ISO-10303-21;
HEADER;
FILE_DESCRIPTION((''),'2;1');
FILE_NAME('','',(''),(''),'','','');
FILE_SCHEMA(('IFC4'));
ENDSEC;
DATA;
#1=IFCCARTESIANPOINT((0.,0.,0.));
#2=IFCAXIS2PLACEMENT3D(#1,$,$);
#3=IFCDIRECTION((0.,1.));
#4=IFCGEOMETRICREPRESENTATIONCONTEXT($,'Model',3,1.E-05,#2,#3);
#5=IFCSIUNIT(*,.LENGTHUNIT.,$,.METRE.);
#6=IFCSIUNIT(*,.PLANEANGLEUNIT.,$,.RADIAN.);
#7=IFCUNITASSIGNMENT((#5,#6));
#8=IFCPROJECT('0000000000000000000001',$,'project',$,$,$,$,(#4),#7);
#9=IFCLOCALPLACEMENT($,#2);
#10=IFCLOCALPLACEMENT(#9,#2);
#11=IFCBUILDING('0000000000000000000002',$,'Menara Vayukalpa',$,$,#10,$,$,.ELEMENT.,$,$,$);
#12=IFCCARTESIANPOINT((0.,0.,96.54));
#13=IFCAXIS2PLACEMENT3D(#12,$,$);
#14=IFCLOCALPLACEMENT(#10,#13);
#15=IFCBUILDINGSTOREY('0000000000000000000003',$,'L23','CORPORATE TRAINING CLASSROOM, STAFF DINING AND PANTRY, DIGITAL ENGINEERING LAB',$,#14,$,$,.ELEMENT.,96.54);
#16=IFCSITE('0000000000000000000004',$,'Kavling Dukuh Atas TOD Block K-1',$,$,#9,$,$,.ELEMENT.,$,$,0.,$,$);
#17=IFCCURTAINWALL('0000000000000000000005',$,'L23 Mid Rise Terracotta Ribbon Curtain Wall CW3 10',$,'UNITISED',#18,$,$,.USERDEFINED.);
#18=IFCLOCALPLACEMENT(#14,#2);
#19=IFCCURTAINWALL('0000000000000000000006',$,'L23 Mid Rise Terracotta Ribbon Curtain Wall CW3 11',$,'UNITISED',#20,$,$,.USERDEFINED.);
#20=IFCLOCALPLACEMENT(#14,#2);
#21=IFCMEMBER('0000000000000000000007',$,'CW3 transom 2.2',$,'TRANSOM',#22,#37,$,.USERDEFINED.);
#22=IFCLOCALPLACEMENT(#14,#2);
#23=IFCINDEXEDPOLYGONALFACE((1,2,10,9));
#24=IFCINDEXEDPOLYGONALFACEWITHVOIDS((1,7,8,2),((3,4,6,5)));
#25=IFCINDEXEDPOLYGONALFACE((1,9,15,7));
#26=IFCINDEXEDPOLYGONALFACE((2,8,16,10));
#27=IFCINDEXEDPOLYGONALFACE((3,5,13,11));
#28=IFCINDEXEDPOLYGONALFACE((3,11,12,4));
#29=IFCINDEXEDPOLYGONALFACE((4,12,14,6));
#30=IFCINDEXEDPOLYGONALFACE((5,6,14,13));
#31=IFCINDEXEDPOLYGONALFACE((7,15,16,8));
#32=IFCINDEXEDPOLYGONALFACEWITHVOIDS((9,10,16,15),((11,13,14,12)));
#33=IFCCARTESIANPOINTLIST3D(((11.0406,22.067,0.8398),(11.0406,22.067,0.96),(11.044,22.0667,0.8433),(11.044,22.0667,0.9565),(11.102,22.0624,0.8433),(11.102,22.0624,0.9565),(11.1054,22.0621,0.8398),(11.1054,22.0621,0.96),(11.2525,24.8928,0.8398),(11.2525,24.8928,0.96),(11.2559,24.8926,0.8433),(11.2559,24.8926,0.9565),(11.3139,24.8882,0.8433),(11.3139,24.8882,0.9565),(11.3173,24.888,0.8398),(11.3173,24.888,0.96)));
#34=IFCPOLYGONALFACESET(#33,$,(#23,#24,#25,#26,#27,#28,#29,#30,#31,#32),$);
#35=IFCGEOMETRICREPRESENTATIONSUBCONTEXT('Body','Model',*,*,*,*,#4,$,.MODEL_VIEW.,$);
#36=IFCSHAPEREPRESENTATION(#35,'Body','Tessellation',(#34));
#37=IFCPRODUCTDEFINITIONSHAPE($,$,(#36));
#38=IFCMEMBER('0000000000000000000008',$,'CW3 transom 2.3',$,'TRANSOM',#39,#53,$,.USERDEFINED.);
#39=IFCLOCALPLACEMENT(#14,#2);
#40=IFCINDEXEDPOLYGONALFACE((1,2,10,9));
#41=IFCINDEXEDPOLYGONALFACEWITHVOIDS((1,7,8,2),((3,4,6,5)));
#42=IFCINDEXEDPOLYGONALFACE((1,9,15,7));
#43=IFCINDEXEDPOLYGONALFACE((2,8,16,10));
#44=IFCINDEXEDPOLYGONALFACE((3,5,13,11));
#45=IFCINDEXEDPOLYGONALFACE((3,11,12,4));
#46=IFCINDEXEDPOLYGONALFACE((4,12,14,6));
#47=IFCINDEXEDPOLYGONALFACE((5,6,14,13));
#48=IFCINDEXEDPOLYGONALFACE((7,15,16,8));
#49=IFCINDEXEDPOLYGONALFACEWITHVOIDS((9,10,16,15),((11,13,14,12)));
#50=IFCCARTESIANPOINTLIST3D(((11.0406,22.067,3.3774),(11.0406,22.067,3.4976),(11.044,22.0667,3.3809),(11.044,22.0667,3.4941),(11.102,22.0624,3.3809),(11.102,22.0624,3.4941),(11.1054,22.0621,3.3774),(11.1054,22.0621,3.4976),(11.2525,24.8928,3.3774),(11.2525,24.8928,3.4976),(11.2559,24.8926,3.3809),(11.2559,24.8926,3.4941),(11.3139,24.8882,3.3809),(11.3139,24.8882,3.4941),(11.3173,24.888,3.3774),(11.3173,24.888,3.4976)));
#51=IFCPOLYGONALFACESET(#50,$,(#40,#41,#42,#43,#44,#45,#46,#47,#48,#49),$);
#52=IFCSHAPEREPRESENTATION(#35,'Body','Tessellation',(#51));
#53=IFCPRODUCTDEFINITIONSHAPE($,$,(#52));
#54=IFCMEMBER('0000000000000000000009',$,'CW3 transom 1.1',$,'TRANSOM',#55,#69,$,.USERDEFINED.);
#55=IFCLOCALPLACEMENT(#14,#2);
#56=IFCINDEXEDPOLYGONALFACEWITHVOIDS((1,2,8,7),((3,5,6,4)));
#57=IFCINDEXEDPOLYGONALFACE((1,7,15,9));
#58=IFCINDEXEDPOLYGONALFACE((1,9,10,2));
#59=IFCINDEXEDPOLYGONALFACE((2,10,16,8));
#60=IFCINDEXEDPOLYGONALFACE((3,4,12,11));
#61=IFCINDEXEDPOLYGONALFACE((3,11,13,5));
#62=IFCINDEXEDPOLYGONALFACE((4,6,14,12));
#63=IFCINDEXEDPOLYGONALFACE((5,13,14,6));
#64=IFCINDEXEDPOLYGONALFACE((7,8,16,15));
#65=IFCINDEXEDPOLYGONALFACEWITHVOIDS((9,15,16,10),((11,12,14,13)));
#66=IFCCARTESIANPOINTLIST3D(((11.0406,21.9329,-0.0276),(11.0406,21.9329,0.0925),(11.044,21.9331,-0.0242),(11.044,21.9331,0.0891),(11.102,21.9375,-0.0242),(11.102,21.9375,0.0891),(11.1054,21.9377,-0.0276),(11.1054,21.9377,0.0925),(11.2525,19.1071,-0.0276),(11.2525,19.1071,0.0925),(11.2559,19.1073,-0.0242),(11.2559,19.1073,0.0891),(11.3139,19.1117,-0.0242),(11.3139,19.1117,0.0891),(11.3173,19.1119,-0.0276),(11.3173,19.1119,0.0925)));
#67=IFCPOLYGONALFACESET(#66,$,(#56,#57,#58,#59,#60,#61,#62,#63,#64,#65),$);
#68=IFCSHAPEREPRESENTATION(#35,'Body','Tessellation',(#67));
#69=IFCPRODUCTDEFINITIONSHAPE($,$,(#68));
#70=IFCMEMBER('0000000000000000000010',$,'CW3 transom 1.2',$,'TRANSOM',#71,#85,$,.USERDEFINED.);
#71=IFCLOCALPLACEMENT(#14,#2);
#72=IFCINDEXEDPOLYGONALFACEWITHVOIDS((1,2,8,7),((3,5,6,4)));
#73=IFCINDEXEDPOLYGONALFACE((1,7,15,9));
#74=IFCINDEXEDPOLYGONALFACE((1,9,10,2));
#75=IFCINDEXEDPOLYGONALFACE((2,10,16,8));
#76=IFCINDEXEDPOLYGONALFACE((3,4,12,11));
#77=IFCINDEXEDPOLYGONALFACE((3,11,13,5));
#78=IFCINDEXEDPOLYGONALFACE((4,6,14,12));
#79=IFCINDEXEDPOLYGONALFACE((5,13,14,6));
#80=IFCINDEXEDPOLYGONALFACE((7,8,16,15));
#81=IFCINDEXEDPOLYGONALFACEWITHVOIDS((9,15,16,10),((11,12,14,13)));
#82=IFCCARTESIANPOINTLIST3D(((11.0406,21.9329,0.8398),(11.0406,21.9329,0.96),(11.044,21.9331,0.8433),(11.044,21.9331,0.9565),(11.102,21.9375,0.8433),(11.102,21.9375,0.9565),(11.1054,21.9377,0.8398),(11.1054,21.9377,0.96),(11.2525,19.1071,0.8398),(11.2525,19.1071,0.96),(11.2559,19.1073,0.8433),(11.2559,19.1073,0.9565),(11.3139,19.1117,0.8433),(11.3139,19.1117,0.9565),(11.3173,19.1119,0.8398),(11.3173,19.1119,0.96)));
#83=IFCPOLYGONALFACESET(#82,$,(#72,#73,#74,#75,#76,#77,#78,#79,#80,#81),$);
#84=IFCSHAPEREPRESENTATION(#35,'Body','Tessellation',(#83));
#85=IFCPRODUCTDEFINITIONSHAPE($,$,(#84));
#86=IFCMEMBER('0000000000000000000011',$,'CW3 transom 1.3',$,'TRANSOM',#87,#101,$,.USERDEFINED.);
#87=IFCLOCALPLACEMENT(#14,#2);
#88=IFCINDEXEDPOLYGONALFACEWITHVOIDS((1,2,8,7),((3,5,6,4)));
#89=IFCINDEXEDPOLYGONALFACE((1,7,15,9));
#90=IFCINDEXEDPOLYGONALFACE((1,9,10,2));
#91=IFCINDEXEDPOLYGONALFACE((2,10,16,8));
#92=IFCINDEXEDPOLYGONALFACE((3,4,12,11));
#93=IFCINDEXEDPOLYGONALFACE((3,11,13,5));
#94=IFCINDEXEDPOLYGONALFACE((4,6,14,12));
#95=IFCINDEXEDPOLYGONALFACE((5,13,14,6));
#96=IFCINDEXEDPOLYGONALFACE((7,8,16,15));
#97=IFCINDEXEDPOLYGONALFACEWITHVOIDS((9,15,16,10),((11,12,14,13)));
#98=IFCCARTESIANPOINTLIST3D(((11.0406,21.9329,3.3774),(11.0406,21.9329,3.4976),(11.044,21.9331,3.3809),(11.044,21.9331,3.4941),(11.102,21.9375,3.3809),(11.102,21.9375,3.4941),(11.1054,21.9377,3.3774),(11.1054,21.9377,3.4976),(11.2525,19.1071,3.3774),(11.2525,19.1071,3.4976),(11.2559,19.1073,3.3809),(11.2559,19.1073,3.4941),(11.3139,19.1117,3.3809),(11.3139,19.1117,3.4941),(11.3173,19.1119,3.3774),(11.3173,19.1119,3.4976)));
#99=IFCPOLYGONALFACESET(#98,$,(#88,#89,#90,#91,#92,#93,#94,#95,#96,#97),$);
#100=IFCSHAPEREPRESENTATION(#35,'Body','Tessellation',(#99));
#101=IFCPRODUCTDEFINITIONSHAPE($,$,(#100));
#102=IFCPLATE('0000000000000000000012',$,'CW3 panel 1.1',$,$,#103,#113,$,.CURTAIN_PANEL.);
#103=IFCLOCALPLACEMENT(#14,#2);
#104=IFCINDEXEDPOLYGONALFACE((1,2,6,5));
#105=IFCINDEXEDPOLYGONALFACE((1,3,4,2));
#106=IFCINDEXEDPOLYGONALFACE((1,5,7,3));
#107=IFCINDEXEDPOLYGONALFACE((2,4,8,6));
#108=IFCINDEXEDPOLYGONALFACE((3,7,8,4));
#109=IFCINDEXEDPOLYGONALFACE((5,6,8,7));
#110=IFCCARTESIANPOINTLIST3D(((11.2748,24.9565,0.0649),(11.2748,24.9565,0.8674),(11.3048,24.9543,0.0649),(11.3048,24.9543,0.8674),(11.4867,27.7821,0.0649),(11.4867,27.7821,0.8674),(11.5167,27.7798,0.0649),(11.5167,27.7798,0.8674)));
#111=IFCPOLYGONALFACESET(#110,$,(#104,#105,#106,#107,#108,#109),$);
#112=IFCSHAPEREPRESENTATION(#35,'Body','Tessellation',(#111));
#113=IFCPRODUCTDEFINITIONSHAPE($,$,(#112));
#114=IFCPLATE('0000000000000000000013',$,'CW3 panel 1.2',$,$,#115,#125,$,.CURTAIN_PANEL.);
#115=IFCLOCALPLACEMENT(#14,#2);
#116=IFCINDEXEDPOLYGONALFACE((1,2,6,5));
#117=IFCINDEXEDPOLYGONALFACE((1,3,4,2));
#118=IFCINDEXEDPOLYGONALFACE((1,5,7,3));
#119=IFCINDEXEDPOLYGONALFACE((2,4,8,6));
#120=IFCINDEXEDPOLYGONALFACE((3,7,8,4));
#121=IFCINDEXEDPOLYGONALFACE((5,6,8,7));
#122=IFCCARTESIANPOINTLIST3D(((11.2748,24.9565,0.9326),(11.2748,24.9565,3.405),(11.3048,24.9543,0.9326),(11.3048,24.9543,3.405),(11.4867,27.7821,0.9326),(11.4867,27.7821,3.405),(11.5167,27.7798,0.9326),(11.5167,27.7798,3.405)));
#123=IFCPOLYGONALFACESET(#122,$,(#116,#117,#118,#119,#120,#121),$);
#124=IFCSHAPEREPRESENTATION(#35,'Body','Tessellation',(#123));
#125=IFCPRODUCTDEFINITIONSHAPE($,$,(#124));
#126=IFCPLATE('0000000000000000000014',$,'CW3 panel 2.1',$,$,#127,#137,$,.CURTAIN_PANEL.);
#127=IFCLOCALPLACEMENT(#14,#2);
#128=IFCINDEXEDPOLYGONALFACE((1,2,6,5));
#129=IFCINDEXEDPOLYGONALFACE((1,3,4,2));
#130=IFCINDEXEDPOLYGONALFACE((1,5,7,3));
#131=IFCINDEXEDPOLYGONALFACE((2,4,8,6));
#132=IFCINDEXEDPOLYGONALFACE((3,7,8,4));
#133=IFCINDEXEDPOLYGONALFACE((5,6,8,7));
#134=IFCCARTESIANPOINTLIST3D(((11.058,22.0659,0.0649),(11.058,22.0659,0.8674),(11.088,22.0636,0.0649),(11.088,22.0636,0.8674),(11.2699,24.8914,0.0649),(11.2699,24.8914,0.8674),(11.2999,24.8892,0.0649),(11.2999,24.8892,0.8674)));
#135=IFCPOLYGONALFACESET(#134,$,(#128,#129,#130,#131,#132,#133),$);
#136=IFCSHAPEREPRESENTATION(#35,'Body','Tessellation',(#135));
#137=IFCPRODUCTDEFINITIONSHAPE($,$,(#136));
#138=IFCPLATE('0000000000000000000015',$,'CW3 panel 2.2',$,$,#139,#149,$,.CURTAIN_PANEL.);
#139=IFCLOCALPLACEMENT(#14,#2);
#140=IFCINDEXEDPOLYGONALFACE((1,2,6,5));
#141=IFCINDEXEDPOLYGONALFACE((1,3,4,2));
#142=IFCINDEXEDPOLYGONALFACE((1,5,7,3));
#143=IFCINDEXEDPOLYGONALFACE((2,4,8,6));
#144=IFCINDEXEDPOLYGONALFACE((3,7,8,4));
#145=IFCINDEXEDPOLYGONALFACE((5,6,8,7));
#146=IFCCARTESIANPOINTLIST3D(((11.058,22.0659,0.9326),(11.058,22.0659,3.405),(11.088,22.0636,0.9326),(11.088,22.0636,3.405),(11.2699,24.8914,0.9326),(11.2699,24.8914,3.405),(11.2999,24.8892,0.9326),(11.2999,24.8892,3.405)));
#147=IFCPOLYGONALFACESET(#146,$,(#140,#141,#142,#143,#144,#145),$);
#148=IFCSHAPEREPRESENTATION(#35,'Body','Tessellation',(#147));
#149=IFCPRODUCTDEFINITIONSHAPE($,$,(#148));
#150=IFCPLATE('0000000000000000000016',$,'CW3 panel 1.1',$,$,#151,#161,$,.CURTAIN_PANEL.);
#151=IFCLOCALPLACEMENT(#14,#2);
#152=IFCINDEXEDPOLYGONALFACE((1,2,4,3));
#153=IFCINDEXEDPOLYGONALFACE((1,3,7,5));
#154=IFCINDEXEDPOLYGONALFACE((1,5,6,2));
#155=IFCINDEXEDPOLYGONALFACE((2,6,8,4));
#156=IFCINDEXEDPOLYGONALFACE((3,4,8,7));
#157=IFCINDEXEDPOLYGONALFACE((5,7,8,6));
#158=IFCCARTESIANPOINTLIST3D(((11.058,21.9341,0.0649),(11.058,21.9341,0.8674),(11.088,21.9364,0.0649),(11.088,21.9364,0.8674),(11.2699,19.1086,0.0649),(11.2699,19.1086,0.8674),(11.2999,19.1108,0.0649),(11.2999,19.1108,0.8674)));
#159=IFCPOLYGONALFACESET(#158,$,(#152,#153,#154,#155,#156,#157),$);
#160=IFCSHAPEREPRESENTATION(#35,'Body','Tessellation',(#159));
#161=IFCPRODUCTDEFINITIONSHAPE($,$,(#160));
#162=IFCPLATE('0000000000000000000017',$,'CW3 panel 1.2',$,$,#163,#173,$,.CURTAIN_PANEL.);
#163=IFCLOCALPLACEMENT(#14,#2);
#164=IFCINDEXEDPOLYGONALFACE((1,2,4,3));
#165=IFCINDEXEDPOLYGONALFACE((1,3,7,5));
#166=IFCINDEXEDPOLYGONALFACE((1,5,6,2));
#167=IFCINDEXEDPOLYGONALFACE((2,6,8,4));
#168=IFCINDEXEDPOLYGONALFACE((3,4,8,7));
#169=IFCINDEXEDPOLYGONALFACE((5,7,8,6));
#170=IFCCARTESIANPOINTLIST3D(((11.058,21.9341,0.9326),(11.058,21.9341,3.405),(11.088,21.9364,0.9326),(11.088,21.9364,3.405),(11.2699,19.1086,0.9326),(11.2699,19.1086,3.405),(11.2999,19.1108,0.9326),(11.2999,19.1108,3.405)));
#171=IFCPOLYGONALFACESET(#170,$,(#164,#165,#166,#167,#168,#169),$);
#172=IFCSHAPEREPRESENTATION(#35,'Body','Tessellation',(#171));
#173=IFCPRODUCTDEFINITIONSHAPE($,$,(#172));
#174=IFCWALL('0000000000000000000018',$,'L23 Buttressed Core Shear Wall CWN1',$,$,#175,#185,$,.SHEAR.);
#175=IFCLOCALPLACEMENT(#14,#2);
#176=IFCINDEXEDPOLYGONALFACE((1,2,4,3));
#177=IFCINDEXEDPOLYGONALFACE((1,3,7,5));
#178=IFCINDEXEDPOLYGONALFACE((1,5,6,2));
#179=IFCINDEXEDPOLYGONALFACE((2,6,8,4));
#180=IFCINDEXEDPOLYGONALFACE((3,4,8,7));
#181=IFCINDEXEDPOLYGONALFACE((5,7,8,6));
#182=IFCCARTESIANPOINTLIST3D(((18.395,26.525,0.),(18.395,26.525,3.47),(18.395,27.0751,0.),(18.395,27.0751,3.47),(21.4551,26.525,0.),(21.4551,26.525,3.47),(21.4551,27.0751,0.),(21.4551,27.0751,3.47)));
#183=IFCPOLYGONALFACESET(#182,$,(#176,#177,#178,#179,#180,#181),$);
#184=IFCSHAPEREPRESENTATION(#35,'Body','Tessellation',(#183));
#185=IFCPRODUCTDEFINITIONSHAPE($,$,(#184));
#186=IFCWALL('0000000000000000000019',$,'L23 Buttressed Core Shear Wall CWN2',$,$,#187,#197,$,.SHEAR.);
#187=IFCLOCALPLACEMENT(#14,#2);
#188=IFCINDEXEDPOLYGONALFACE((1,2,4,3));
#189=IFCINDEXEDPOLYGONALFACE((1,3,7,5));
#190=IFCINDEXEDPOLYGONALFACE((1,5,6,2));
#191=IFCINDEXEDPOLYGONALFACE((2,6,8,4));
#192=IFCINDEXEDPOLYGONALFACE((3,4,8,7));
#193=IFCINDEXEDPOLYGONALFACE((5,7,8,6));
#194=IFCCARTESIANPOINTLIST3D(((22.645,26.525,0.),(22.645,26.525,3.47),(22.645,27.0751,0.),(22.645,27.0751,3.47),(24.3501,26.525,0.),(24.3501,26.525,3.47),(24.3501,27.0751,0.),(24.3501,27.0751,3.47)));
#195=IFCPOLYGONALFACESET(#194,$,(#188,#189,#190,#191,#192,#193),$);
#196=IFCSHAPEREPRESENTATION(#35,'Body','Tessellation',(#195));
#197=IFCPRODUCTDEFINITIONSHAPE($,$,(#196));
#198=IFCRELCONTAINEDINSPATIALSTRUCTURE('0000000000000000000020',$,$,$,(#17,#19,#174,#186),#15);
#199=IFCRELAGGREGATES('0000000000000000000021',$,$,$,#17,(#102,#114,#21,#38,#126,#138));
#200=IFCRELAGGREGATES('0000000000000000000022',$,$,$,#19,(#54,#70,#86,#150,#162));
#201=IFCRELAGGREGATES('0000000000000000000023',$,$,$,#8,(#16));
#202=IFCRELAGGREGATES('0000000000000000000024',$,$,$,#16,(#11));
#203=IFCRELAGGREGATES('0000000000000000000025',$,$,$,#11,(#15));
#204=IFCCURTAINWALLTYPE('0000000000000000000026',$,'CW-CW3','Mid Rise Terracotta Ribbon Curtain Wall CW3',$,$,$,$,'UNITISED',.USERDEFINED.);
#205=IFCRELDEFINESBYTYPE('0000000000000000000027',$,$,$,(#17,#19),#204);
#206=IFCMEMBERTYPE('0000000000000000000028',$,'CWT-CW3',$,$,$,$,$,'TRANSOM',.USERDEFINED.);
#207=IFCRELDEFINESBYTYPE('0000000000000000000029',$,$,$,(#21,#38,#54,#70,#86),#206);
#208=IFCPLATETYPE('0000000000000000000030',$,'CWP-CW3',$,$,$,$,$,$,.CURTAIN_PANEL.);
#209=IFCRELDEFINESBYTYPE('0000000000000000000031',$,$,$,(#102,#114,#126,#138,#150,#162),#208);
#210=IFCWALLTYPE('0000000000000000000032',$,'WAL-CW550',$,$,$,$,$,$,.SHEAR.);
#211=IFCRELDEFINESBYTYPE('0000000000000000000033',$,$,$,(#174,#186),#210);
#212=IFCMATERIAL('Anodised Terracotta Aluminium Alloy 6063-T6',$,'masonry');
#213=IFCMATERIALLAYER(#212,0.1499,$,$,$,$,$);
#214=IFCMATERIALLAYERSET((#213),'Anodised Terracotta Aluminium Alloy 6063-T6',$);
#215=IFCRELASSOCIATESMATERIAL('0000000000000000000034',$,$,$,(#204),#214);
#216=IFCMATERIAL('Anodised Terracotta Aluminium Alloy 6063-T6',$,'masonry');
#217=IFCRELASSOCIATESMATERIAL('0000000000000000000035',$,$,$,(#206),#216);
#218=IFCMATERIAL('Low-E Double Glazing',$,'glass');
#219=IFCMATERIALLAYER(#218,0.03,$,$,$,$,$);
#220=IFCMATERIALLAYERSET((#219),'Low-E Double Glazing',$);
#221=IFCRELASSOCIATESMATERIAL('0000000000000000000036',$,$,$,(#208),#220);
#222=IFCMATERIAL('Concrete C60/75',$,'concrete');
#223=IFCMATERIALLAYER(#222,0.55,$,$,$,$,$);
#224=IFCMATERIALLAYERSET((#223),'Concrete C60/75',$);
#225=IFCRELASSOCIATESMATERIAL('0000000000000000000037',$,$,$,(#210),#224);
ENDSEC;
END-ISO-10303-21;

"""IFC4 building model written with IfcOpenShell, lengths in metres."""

from ifc_helpers import new_model, si_unit, direction, frame, frame_2d, origin, origin_2d, place, context, subcontext, project, spatial, rectangle, hollow_rectangle, extrude, material, layer, layer_set, material_profile, profile_set, type_object, element, aggregate, save


model = new_model("IFC4")

# Units and contexts
model_context = context("Model", 3, precision=1e-05, world=origin(), true_north=direction((0.0, 1.0)))
body_context = subcontext(model_context, "Body", "Model", "MODEL_VIEW")
ifc_project = project(units=[si_unit("LENGTHUNIT", "METRE"), si_unit("PLANEANGLEUNIT", "RADIAN")], contexts=[model_context])

# Site, building, storey
site_placement = place(None, origin())
site = spatial("IfcSite", under=ifc_project, at=site_placement, Name="Kavling Dukuh Atas TOD Block K-1", CompositionType="ELEMENT", RefElevation=0.0)
building_placement = place(site_placement, origin())
building = spatial("IfcBuilding", under=site, at=building_placement, Name="Menara Vayukalpa", CompositionType="ELEMENT")
storey_placement = place(building_placement, frame((0.0, 0.0, 96.54)))
storey = spatial("IfcBuildingStorey", under=building, at=storey_placement, Name="L23", Description="CORPORATE TRAINING CLASSROOM, STAFF DINING AND PANTRY, DIGITAL ENGINEERING LAB", CompositionType="ELEMENT", Elevation=96.54)

# Curtain wall
ifc_material_1 = material(Name="Anodised Terracotta Aluminium Alloy 6063-T6", Category="masonry")
ifc_layer_1 = layer(ifc_material_1, 0.1499)
ifc_layer_set_1 = layer_set([ifc_layer_1], Name="Anodised Terracotta Aluminium Alloy 6063-T6")
curtain_wall_type = type_object("IfcCurtainWallType", Name="CW-CW3", Description="Mid Rise Terracotta Ribbon Curtain Wall CW3", ElementType="UNITISED", PredefinedType="USERDEFINED", material=ifc_layer_set_1)
curtain_wall_1_placement = place(storey_placement, origin())
curtain_wall_1 = element("IfcCurtainWall", 1, at=curtain_wall_1_placement, inside=storey, type_object=curtain_wall_type, Name="L23 Mid Rise Terracotta Ribbon Curtain Wall CW3 10", ObjectType="UNITISED", PredefinedType="USERDEFINED")

# Curtain wall
curtain_wall_2_placement = place(storey_placement, origin())
curtain_wall_2 = element("IfcCurtainWall", 2, at=curtain_wall_2_placement, inside=storey, type_object=curtain_wall_type, Name="L23 Mid Rise Terracotta Ribbon Curtain Wall CW3 11", ObjectType="UNITISED", PredefinedType="USERDEFINED")

# Members
ifc_material_2 = material(Name="Anodised Terracotta Aluminium Alloy 6063-T6", Category="masonry")
ifc_material_profile_1 = material_profile(ifc_material_2, hollow_rectangle(XDim=0.0649, YDim=0.1201, WallThickness=0.0034, at=origin_2d()), Name="ALU 65x120x3.5")
ifc_profile_set_1 = profile_set([ifc_material_profile_1], Name="Anodised Terracotta Aluminium Alloy 6063-T6")
member_type_1 = type_object("IfcMemberType", Name="CWT-CW3", ElementType="TRANSOM", PredefinedType="USERDEFINED", material=ifc_profile_set_1)
member_1_placement = place(storey_placement, frame((11.2849, 24.8904, 0.8999), z_axis=(-0.074786, -0.9972, 0.0), x_axis=(0.9972, -0.074786, 0.0)))
member_1 = element("IfcMember", 3, at=member_1_placement, type_object=member_type_1, Name="CW3 transom 2.2", ObjectType="TRANSOM", PredefinedType="USERDEFINED", context=body_context, shape_type="SweptSolid", body=[
    extrude(hollow_rectangle(XDim=0.0649, YDim=0.1201, WallThickness=0.0034, at=origin_2d()), origin(), (0.0, 0.0, 1.0), 2.8337),
])
member_2_placement = place(storey_placement, frame((11.2849, 24.8904, 3.4375), z_axis=(-0.074786, -0.9972, 0.0), x_axis=(0.9972, -0.074786, 0.0)))
member_2 = element("IfcMember", 4, at=member_2_placement, type_object=member_type_1, Name="CW3 transom 2.3", ObjectType="TRANSOM", PredefinedType="USERDEFINED", context=body_context, shape_type="SweptSolid", body=[
    extrude(hollow_rectangle(XDim=0.0649, YDim=0.1201, WallThickness=0.0034, at=origin_2d()), origin(), (0.0, 0.0, 1.0), 2.8337),
])
member_3_placement = place(storey_placement, frame((11.073, 21.9353, 0.0325), z_axis=(0.074786, -0.9972, 0.0), x_axis=(0.9972, 0.074786, 0.0)))
member_3 = element("IfcMember", 5, at=member_3_placement, type_object=member_type_1, Name="CW3 transom 1.1", ObjectType="TRANSOM", PredefinedType="USERDEFINED", context=body_context, shape_type="SweptSolid", body=[
    extrude(hollow_rectangle(XDim=0.0649, YDim=0.1201, WallThickness=0.0034, at=origin_2d()), origin(), (0.0, 0.0, 1.0), 2.8337),
])
member_4_placement = place(storey_placement, frame((11.073, 21.9353, 0.8999), z_axis=(0.074786, -0.9972, 0.0), x_axis=(0.9972, 0.074786, 0.0)))
member_4 = element("IfcMember", 6, at=member_4_placement, type_object=member_type_1, Name="CW3 transom 1.2", ObjectType="TRANSOM", PredefinedType="USERDEFINED", context=body_context, shape_type="SweptSolid", body=[
    extrude(hollow_rectangle(XDim=0.0649, YDim=0.1201, WallThickness=0.0034, at=origin_2d()), origin(), (0.0, 0.0, 1.0), 2.8337),
])
member_5_placement = place(storey_placement, frame((11.073, 21.9353, 3.4375), z_axis=(0.074786, -0.9972, 0.0), x_axis=(0.9972, 0.074786, 0.0)))
member_5 = element("IfcMember", 7, at=member_5_placement, type_object=member_type_1, Name="CW3 transom 1.3", ObjectType="TRANSOM", PredefinedType="USERDEFINED", context=body_context, shape_type="SweptSolid", body=[
    extrude(hollow_rectangle(XDim=0.0649, YDim=0.1201, WallThickness=0.0034, at=origin_2d()), origin(), (0.0, 0.0, 1.0), 2.8337),
])

# Plates
ifc_material_3 = material(Name="Low-E Double Glazing", Category="glass")
ifc_layer_2 = layer(ifc_material_3, 0.03)
ifc_layer_set_2 = layer_set([ifc_layer_2], Name="Low-E Double Glazing")
plate_type = type_object("IfcPlateType", Name="CWP-CW3", PredefinedType="CURTAIN_PANEL", material=ifc_layer_set_2)
plate_1_placement = place(storey_placement, frame((11.3958, 26.3682, 0.0649), z_axis=(0.0, 0.0, 1.0), x_axis=(-0.074785, -0.9972, 0.0)))
plate_1 = element("IfcPlate", 8, at=plate_1_placement, type_object=plate_type, Name="CW3 panel 1.1", PredefinedType="CURTAIN_PANEL", context=body_context, shape_type="SweptSolid", body=[
    extrude(rectangle(XDim=2.8335, YDim=0.03, at=origin_2d()), origin(), (0.0, 0.0, 1.0), 0.8025),
])
plate_2_placement = place(storey_placement, frame((11.3958, 26.3682, 0.9326), z_axis=(0.0, 0.0, 1.0), x_axis=(-0.074785, -0.9972, 0.0)))
plate_2 = element("IfcPlate", 9, at=plate_2_placement, type_object=plate_type, Name="CW3 panel 1.2", PredefinedType="CURTAIN_PANEL", context=body_context, shape_type="SweptSolid", body=[
    extrude(rectangle(XDim=2.8335, YDim=0.03, at=origin_2d()), origin(), (0.0, 0.0, 1.0), 2.4724),
])
plate_3_placement = place(storey_placement, frame((11.179, 23.4775, 0.0649), z_axis=(0.0, 0.0, 1.0), x_axis=(-0.074785, -0.9972, 0.0)))
plate_3 = element("IfcPlate", 10, at=plate_3_placement, type_object=plate_type, Name="CW3 panel 2.1", PredefinedType="CURTAIN_PANEL", context=body_context, shape_type="SweptSolid", body=[
    extrude(rectangle(XDim=2.8335, YDim=0.03, at=origin_2d()), origin(), (0.0, 0.0, 1.0), 0.8025),
])
plate_4_placement = place(storey_placement, frame((11.179, 23.4775, 0.9326), z_axis=(0.0, 0.0, 1.0), x_axis=(-0.074785, -0.9972, 0.0)))
plate_4 = element("IfcPlate", 11, at=plate_4_placement, type_object=plate_type, Name="CW3 panel 2.2", PredefinedType="CURTAIN_PANEL", context=body_context, shape_type="SweptSolid", body=[
    extrude(rectangle(XDim=2.8335, YDim=0.03, at=origin_2d()), origin(), (0.0, 0.0, 1.0), 2.4724),
])
aggregate(curtain_wall_1, [plate_1, plate_2, member_1, member_2, plate_3, plate_4])
plate_5_placement = place(storey_placement, frame((11.179, 20.5225, 0.0649), z_axis=(0.0, 0.0, 1.0), x_axis=(0.074785, -0.9972, 0.0)))
plate_5 = element("IfcPlate", 12, at=plate_5_placement, type_object=plate_type, Name="CW3 panel 1.1", PredefinedType="CURTAIN_PANEL", context=body_context, shape_type="SweptSolid", body=[
    extrude(rectangle(XDim=2.8335, YDim=0.03, at=origin_2d()), origin(), (0.0, 0.0, 1.0), 0.8025),
])
plate_6_placement = place(storey_placement, frame((11.179, 20.5225, 0.9326), z_axis=(0.0, 0.0, 1.0), x_axis=(0.074785, -0.9972, 0.0)))
plate_6 = element("IfcPlate", 13, at=plate_6_placement, type_object=plate_type, Name="CW3 panel 1.2", PredefinedType="CURTAIN_PANEL", context=body_context, shape_type="SweptSolid", body=[
    extrude(rectangle(XDim=2.8335, YDim=0.03, at=origin_2d()), origin(), (0.0, 0.0, 1.0), 2.4724),
])
aggregate(curtain_wall_2, [member_3, member_4, member_5, plate_5, plate_6])

# Walls
ifc_material_4 = material(Name="Concrete C60/75", Category="concrete")
ifc_layer_3 = layer(ifc_material_4, 0.55)
ifc_layer_set_3 = layer_set([ifc_layer_3], Name="Concrete C60/75")
wall_type_1 = type_object("IfcWallType", Name="WAL-CW550", PredefinedType="SHEAR", material=ifc_layer_set_3)
wall_1_placement = place(storey_placement, frame((18.395, 26.8, 0.0), z_axis=(0.0, 0.0, 1.0), x_axis=(1.0, 0.0, 0.0)))
element("IfcWall", 14, at=wall_1_placement, inside=storey, type_object=wall_type_1, Name="L23 Buttressed Core Shear Wall CWN1", PredefinedType="SHEAR", context=body_context, shape_type="SweptSolid", body=[
    extrude(rectangle(XDim=3.0601, YDim=0.55, at=frame_2d((1.53, 0.0))), origin(), (0.0, 0.0, 1.0), 3.47),
])
wall_2_placement = place(storey_placement, frame((22.645, 26.8, 0.0), z_axis=(0.0, 0.0, 1.0), x_axis=(1.0, 0.0, 0.0)))
element("IfcWall", 15, at=wall_2_placement, inside=storey, type_object=wall_type_1, Name="L23 Buttressed Core Shear Wall CWN2", PredefinedType="SHEAR", context=body_context, shape_type="SweptSolid", body=[
    extrude(rectangle(XDim=1.7051, YDim=0.55, at=frame_2d((0.8525, 0.0))), origin(), (0.0, 0.0, 1.0), 3.47),
])

save(model, "model.ifc")
